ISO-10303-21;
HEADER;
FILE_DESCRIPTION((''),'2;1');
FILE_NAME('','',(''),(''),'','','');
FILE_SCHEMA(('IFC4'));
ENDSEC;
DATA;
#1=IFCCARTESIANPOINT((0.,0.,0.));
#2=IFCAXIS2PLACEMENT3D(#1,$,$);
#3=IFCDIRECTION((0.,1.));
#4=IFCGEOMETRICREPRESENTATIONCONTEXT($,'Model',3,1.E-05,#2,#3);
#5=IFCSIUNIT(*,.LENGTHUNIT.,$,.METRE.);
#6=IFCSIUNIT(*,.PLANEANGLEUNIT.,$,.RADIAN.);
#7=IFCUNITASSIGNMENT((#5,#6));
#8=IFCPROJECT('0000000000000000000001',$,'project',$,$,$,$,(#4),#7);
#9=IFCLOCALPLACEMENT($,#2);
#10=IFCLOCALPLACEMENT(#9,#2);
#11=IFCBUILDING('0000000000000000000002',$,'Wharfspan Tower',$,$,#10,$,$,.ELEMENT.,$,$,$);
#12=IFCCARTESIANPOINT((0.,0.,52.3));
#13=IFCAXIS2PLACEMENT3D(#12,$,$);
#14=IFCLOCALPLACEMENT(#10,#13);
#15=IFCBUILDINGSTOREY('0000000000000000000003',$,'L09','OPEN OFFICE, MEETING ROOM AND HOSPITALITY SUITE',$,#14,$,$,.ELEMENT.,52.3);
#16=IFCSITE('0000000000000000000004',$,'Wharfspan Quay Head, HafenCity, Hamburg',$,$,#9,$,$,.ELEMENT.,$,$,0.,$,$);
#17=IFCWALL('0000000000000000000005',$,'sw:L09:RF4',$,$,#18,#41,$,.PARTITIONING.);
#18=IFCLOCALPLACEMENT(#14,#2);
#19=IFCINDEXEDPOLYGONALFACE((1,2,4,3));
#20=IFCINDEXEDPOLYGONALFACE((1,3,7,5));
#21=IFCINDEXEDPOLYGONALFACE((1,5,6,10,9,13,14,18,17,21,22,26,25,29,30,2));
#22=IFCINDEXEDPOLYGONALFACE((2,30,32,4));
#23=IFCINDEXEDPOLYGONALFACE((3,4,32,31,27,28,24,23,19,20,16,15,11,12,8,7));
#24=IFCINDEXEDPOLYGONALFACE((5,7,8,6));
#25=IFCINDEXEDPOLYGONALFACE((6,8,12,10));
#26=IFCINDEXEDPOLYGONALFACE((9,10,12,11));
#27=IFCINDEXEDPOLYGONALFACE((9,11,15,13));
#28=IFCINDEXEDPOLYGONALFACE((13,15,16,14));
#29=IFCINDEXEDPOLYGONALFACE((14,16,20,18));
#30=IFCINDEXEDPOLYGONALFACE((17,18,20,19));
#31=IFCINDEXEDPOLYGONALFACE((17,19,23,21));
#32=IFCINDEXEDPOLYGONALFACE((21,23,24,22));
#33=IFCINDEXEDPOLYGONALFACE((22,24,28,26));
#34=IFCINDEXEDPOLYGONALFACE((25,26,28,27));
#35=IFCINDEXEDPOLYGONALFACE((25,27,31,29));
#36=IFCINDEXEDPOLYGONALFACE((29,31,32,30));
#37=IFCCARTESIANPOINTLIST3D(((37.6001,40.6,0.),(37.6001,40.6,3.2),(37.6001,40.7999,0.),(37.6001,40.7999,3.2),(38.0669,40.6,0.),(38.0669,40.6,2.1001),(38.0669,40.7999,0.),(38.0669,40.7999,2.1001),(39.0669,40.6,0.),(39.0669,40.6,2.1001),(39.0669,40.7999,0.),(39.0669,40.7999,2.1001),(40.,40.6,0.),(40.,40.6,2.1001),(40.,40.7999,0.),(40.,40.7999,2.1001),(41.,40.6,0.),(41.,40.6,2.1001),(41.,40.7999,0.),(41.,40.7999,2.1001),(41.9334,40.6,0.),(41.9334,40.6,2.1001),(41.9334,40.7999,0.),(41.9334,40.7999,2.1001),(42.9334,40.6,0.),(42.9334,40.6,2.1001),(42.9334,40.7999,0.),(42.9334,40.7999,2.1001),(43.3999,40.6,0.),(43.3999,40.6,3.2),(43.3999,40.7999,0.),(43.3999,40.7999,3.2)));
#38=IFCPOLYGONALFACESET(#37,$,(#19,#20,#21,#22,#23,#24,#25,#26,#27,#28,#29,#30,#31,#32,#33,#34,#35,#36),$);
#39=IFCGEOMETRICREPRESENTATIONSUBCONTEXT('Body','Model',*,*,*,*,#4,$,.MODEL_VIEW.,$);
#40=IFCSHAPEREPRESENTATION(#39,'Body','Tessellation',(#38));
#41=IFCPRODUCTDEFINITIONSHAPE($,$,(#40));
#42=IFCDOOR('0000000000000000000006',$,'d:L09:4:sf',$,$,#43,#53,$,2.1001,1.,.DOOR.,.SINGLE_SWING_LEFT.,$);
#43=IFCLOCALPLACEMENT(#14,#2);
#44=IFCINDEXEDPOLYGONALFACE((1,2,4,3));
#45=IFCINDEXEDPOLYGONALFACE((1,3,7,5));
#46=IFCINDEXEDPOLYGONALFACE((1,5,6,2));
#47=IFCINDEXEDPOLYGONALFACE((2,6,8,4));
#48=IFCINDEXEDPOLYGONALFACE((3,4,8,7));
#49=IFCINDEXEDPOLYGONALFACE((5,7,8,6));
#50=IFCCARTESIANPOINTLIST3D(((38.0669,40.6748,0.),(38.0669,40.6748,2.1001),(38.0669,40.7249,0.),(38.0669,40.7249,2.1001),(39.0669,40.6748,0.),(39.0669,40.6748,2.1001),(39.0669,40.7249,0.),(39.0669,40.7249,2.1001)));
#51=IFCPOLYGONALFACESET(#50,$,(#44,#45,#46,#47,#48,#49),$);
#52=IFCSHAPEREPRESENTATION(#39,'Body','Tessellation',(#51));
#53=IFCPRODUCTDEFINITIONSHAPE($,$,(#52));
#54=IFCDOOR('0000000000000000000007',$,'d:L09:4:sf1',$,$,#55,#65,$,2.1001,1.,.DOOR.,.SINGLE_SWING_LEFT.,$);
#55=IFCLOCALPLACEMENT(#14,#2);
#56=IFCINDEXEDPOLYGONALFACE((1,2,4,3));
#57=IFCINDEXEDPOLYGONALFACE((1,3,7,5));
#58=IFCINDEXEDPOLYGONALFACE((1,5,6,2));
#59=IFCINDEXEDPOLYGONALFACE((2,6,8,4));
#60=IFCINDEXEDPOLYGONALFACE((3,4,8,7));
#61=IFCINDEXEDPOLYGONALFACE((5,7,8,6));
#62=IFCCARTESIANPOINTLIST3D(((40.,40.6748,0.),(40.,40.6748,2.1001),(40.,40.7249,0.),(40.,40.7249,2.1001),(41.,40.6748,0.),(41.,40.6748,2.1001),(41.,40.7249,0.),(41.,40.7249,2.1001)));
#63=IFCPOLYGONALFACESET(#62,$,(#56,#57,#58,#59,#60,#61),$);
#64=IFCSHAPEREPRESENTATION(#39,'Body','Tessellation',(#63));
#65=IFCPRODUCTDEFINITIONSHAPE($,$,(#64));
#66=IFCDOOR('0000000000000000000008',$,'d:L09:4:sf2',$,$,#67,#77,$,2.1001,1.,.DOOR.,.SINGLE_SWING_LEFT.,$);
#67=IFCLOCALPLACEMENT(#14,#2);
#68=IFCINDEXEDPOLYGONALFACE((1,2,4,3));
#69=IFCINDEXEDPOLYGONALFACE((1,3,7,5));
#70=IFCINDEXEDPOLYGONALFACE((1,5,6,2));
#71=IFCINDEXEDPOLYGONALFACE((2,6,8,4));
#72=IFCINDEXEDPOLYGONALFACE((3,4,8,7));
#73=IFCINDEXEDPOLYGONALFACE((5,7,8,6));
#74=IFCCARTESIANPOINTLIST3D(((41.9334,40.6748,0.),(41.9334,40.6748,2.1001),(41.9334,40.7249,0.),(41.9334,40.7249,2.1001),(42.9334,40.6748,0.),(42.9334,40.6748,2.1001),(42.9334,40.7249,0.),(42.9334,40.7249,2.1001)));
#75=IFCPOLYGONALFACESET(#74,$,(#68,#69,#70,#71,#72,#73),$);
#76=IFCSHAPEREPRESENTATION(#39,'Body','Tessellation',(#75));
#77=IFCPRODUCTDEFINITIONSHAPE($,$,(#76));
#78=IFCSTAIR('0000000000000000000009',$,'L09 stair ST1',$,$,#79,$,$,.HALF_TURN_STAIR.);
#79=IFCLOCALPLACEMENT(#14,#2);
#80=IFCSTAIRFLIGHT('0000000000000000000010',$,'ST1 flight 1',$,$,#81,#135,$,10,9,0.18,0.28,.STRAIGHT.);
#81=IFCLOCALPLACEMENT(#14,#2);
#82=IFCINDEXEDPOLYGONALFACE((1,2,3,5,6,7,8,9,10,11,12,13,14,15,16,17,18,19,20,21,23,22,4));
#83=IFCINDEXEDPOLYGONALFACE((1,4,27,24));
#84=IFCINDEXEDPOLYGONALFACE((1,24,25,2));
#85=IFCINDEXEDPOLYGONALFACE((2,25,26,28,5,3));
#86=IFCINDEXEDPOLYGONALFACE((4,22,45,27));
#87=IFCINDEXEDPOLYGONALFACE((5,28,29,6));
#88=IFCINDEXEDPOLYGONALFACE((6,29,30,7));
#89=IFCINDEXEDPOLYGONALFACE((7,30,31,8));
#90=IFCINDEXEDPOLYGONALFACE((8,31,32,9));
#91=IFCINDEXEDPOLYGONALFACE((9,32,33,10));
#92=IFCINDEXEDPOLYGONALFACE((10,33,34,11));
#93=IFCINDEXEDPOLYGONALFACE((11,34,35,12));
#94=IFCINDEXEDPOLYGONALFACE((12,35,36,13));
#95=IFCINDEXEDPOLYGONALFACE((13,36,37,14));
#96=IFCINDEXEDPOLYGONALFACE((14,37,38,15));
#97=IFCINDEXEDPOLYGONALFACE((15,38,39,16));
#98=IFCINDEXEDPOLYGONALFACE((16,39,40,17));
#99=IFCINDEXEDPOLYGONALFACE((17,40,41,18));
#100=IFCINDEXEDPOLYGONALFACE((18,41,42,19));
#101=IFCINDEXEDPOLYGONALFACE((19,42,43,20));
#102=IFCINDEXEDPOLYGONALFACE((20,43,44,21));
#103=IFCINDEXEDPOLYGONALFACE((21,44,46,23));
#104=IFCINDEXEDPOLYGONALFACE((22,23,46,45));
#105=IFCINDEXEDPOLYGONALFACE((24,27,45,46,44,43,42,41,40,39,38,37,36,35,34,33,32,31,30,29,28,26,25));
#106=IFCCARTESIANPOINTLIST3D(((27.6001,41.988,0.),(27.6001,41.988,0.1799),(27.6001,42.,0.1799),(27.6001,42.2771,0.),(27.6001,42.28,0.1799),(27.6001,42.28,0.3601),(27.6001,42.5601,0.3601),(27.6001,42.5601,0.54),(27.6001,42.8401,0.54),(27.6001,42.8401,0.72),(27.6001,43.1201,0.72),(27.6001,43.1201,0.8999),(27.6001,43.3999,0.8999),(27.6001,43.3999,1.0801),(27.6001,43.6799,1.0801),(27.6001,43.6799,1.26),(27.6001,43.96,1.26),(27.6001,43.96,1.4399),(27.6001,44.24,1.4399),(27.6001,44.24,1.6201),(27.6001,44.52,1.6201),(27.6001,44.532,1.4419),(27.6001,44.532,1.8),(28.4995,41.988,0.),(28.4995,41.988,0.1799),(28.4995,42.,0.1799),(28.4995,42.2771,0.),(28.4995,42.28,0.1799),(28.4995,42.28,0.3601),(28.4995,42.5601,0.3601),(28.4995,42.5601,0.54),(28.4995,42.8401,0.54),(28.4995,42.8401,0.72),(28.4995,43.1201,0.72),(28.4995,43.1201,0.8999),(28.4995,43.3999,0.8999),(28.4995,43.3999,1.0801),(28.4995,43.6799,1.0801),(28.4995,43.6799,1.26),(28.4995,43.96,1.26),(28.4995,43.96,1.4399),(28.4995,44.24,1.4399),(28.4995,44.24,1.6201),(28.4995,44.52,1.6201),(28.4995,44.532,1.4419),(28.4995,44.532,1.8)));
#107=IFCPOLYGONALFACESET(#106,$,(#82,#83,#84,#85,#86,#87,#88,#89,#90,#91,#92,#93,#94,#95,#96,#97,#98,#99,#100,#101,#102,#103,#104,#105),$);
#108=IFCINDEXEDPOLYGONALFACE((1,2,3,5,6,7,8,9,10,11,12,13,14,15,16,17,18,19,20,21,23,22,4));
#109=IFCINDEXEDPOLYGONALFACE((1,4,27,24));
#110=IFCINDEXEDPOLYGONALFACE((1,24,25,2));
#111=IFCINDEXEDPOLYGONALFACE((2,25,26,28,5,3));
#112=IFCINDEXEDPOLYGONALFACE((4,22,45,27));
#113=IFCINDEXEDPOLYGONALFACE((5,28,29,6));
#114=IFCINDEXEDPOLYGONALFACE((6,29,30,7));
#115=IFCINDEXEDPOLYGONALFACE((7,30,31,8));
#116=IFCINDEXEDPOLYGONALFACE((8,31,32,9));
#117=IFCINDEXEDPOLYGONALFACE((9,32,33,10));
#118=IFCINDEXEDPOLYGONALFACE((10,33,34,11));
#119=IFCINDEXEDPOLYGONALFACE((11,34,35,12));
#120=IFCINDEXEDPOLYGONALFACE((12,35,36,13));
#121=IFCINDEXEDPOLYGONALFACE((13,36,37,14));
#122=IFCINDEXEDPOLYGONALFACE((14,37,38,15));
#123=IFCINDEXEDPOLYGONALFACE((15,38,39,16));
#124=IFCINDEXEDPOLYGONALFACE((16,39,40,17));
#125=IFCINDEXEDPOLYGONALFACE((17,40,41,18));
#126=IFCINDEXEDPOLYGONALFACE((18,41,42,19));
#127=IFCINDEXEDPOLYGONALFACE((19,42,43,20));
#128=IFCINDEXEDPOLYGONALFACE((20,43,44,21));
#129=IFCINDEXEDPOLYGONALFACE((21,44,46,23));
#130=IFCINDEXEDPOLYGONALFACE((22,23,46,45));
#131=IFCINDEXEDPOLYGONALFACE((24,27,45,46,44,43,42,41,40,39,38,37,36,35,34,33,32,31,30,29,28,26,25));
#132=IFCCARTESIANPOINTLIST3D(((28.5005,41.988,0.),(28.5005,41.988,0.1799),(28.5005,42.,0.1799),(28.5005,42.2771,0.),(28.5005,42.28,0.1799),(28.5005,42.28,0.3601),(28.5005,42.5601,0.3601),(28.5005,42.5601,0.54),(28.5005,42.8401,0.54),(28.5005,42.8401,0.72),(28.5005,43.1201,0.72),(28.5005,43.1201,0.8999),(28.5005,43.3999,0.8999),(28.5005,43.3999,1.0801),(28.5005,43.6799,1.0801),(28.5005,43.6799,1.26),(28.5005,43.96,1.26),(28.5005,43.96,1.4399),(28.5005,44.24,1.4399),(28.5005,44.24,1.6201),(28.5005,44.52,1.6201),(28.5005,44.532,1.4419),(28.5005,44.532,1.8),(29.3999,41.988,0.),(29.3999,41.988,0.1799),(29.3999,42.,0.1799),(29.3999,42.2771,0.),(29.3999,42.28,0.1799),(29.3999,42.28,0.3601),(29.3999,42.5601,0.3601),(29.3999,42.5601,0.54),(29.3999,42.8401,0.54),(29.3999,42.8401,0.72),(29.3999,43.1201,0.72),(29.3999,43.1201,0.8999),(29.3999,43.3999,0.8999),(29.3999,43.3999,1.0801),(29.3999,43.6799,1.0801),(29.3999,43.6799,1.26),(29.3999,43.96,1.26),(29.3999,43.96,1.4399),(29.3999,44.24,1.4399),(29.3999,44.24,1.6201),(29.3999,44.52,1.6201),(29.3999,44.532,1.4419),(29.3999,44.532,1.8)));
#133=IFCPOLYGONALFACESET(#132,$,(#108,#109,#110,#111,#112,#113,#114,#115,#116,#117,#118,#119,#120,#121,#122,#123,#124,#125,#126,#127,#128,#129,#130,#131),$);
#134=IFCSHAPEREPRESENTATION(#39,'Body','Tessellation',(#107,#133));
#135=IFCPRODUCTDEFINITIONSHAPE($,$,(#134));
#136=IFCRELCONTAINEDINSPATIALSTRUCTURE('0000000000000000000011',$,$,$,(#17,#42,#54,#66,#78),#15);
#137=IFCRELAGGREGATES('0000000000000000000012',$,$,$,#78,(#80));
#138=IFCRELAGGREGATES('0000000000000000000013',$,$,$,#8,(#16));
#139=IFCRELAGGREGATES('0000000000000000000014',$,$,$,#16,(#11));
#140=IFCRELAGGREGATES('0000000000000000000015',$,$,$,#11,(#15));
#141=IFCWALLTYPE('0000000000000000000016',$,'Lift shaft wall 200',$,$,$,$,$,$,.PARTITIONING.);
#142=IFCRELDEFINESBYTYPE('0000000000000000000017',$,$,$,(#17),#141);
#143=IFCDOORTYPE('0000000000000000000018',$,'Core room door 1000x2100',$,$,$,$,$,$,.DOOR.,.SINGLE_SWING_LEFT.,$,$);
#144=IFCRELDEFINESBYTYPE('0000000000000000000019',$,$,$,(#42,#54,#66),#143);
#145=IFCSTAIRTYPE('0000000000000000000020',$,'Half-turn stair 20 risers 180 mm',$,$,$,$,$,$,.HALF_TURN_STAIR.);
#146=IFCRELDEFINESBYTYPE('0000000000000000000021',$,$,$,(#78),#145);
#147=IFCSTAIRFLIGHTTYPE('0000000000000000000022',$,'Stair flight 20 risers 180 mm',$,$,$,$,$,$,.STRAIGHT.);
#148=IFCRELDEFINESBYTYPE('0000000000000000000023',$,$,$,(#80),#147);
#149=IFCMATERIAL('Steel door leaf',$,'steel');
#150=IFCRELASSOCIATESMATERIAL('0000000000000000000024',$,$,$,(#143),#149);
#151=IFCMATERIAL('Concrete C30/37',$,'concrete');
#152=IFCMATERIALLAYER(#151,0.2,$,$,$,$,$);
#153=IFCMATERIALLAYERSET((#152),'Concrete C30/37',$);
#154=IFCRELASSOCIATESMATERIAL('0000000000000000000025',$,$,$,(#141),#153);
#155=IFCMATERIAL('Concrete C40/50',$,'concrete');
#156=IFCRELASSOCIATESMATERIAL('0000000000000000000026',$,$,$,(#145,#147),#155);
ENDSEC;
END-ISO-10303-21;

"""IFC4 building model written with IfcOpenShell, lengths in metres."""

from ifc_helpers import new_model, si_unit, direction, frame, frame_2d, origin, place, context, subcontext, project, spatial, polyline, rectangle, outline, extrude, material, layer, layer_set, type_object, element, fill, aggregate, save


model = new_model("IFC4")

# Units and contexts
model_context = context("Model", 3, precision=1e-05, world=origin(), true_north=direction((0.0, 1.0)))
body_context = subcontext(model_context, "Body", "Model", "MODEL_VIEW")
ifc_project = project(units=[si_unit("LENGTHUNIT", "METRE"), si_unit("PLANEANGLEUNIT", "RADIAN")], contexts=[model_context])

# Site, building, storey
site_placement = place(None, origin())
site = spatial("IfcSite", under=ifc_project, at=site_placement, Name="Wharfspan Quay Head, HafenCity, Hamburg", CompositionType="ELEMENT", RefElevation=0.0)
building_placement = place(site_placement, origin())
building = spatial("IfcBuilding", under=site, at=building_placement, Name="Wharfspan Tower", CompositionType="ELEMENT")
storey_placement = place(building_placement, frame((0.0, 0.0, 52.3)))
storey = spatial("IfcBuildingStorey", under=building, at=storey_placement, Name="L09", Description="OPEN OFFICE, MEETING ROOM AND HOSPITALITY SUITE", CompositionType="ELEMENT", Elevation=52.3)

# Wall, openings, doors
ifc_material_1 = material(Name="Steel door leaf", Category="steel")
door_type_1 = type_object("IfcDoorType", Name="Core room door 1000x2100", OperationType="SINGLE_SWING_LEFT", PredefinedType="DOOR", material=ifc_material_1)
ifc_material_2 = material(Name="Concrete C30/37", Category="concrete")
ifc_layer_1 = layer(ifc_material_2, 0.2)
ifc_layer_set_1 = layer_set([ifc_layer_1], Name="Concrete C30/37")
wall_type_1 = type_object("IfcWallType", Name="Lift shaft wall 200", PredefinedType="PARTITIONING", material=ifc_layer_set_1)
wall_1_placement = place(storey_placement, frame((37.6001, 40.7, 0.0), z_axis=(0.0, 0.0, 1.0), x_axis=(1.0, 0.0, 0.0)))
wall_1 = element("IfcWall", 1, at=wall_1_placement, inside=storey, type_object=wall_type_1, Name="sw:L09:RF4", PredefinedType="PARTITIONING", context=body_context, shape_type="SweptSolid", body=[
    extrude(rectangle(XDim=5.7998, YDim=0.2, at=frame_2d((2.8999, 0.0))), origin(), (0.0, 0.0, 1.0), 3.2),
])
opening_1_placement = place(wall_1_placement, frame((0.4668, 0.0, 0.0)))
opening_1 = element("IfcOpeningElement", 2, at=opening_1_placement, cuts=wall_1, PredefinedType="OPENING", context=body_context, shape_type="SweptSolid", body=[
    extrude(rectangle(XDim=1.0, YDim=2.1001, at=frame_2d((0.5, 1.05))), frame((0.0, 0.1099, 0.0), z_axis=(0.0, -1.0, 0.0), x_axis=(1.0, 0.0, 0.0)), (0.0, 0.0, 1.0), 0.22),
])
opening_2_placement = place(wall_1_placement, frame((2.3999, 0.0, 0.0)))
opening_2 = element("IfcOpeningElement", 3, at=opening_2_placement, cuts=wall_1, PredefinedType="OPENING", context=body_context, shape_type="SweptSolid", body=[
    extrude(rectangle(XDim=1.0, YDim=2.1001, at=frame_2d((0.5, 1.05))), frame((0.0, 0.1099, 0.0), z_axis=(0.0, -1.0, 0.0), x_axis=(1.0, 0.0, 0.0)), (0.0, 0.0, 1.0), 0.22),
])
opening_3_placement = place(wall_1_placement, frame((4.3333, 0.0, 0.0)))
opening_3 = element("IfcOpeningElement", 4, at=opening_3_placement, cuts=wall_1, PredefinedType="OPENING", context=body_context, shape_type="SweptSolid", body=[
    extrude(rectangle(XDim=1.0, YDim=2.1001, at=frame_2d((0.5, 1.05))), frame((0.0, 0.1099, 0.0), z_axis=(0.0, -1.0, 0.0), x_axis=(1.0, 0.0, 0.0)), (0.0, 0.0, 1.0), 0.22),
])
door_1_placement = place(opening_1_placement, origin())
door_1 = element("IfcDoor", 5, at=door_1_placement, inside=storey, type_object=door_type_1, Name="d:L09:4:sf", OperationType="SINGLE_SWING_LEFT", OverallHeight=2.1001, OverallWidth=1.0, PredefinedType="DOOR", context=body_context, shape_type="SweptSolid", body=[
    extrude(rectangle(XDim=1.0, YDim=2.1001, at=frame_2d((0.5, 1.05))), frame((0.0, 0.0249, 0.0), z_axis=(0.0, -1.0, 0.0), x_axis=(1.0, 0.0, 0.0)), (0.0, 0.0, 1.0), 0.05),
])
fill(opening_1, door_1)
door_2_placement = place(opening_2_placement, origin())
door_2 = element("IfcDoor", 6, at=door_2_placement, inside=storey, type_object=door_type_1, Name="d:L09:4:sf1", OperationType="SINGLE_SWING_LEFT", OverallHeight=2.1001, OverallWidth=1.0, PredefinedType="DOOR", context=body_context, shape_type="SweptSolid", body=[
    extrude(rectangle(XDim=1.0, YDim=2.1001, at=frame_2d((0.5, 1.05))), frame((0.0, 0.0249, 0.0), z_axis=(0.0, -1.0, 0.0), x_axis=(1.0, 0.0, 0.0)), (0.0, 0.0, 1.0), 0.05),
])
fill(opening_2, door_2)
door_3_placement = place(opening_3_placement, origin())
door_3 = element("IfcDoor", 7, at=door_3_placement, inside=storey, type_object=door_type_1, Name="d:L09:4:sf2", OperationType="SINGLE_SWING_LEFT", OverallHeight=2.1001, OverallWidth=1.0, PredefinedType="DOOR", context=body_context, shape_type="SweptSolid", body=[
    extrude(rectangle(XDim=1.0, YDim=2.1001, at=frame_2d((0.5, 1.05))), frame((0.0, 0.0249, 0.0), z_axis=(0.0, -1.0, 0.0), x_axis=(1.0, 0.0, 0.0)), (0.0, 0.0, 1.0), 0.05),
])
fill(opening_3, door_3)

# Stair, stair flight
ifc_material_3 = material(Name="Concrete C40/50", Category="concrete")
stair_type = type_object("IfcStairType", Name="Half-turn stair 20 risers 180 mm", PredefinedType="HALF_TURN_STAIR", material=ifc_material_3)
stair_placement = place(storey_placement, origin())
stair = element("IfcStair", 8, at=stair_placement, inside=storey, type_object=stair_type, Name="L09 stair ST1", PredefinedType="HALF_TURN_STAIR")
stair_flight_type = type_object("IfcStairFlightType", Name="Stair flight 20 risers 180 mm", PredefinedType="STRAIGHT", material=ifc_material_3)
stair_flight_placement = place(storey_placement, frame((28.5, 42.0, 0.0), z_axis=(0.0, 0.0, 1.0), x_axis=(0.0, 1.0, 0.0)))
stair_flight = element("IfcStairFlight", 9, at=stair_flight_placement, type_object=stair_flight_type, Name="ST1 flight 1", NumberOfRisers=10, NumberOfTreads=9, PredefinedType="STRAIGHT", RiserHeight=0.18, TreadLength=0.28, context=body_context, shape_type="SweptSolid", body=[
    extrude(outline(polyline([(-0.012, 0.0), (-0.012, 0.1799), (0.0, 0.1799), (0.28, 0.1799), (0.28, 0.3601), (0.5601, 0.3601), (0.5601, 0.54), (0.8401, 0.54), (0.8401, 0.72), (1.1201, 0.72), (1.1201, 0.8999), (1.3999, 0.8999), (1.3999, 1.0801), (1.6799, 1.0801), (1.6799, 1.26), (1.96, 1.26), (1.96, 1.4399), (2.24, 1.4399), (2.24, 1.6201), (2.52, 1.6201), (2.532, 1.8), (2.532, 1.4419), (0.2771, 0.0), (-0.012, 0.0)])), frame((0.0, 0.8999, 0.0), z_axis=(0.0, -1.0, 0.0), x_axis=(1.0, 0.0, 0.0)), (0.0, 0.0, 1.0), 0.8994),
    extrude(outline(polyline([(-0.012, 0.0), (-0.012, 0.1799), (0.0, 0.1799), (0.28, 0.1799), (0.28, 0.3601), (0.5601, 0.3601), (0.5601, 0.54), (0.8401, 0.54), (0.8401, 0.72), (1.1201, 0.72), (1.1201, 0.8999), (1.3999, 0.8999), (1.3999, 1.0801), (1.6799, 1.0801), (1.6799, 1.26), (1.96, 1.26), (1.96, 1.4399), (2.24, 1.4399), (2.24, 1.6201), (2.52, 1.6201), (2.532, 1.8), (2.532, 1.4419), (0.2771, 0.0), (-0.012, 0.0)])), frame((0.0, -0.0005, 0.0), z_axis=(0.0, -1.0, 0.0), x_axis=(1.0, 0.0, 0.0)), (0.0, 0.0, 1.0), 0.8994),
])
aggregate(stair, [stair_flight])

save(model, "model.ifc")
